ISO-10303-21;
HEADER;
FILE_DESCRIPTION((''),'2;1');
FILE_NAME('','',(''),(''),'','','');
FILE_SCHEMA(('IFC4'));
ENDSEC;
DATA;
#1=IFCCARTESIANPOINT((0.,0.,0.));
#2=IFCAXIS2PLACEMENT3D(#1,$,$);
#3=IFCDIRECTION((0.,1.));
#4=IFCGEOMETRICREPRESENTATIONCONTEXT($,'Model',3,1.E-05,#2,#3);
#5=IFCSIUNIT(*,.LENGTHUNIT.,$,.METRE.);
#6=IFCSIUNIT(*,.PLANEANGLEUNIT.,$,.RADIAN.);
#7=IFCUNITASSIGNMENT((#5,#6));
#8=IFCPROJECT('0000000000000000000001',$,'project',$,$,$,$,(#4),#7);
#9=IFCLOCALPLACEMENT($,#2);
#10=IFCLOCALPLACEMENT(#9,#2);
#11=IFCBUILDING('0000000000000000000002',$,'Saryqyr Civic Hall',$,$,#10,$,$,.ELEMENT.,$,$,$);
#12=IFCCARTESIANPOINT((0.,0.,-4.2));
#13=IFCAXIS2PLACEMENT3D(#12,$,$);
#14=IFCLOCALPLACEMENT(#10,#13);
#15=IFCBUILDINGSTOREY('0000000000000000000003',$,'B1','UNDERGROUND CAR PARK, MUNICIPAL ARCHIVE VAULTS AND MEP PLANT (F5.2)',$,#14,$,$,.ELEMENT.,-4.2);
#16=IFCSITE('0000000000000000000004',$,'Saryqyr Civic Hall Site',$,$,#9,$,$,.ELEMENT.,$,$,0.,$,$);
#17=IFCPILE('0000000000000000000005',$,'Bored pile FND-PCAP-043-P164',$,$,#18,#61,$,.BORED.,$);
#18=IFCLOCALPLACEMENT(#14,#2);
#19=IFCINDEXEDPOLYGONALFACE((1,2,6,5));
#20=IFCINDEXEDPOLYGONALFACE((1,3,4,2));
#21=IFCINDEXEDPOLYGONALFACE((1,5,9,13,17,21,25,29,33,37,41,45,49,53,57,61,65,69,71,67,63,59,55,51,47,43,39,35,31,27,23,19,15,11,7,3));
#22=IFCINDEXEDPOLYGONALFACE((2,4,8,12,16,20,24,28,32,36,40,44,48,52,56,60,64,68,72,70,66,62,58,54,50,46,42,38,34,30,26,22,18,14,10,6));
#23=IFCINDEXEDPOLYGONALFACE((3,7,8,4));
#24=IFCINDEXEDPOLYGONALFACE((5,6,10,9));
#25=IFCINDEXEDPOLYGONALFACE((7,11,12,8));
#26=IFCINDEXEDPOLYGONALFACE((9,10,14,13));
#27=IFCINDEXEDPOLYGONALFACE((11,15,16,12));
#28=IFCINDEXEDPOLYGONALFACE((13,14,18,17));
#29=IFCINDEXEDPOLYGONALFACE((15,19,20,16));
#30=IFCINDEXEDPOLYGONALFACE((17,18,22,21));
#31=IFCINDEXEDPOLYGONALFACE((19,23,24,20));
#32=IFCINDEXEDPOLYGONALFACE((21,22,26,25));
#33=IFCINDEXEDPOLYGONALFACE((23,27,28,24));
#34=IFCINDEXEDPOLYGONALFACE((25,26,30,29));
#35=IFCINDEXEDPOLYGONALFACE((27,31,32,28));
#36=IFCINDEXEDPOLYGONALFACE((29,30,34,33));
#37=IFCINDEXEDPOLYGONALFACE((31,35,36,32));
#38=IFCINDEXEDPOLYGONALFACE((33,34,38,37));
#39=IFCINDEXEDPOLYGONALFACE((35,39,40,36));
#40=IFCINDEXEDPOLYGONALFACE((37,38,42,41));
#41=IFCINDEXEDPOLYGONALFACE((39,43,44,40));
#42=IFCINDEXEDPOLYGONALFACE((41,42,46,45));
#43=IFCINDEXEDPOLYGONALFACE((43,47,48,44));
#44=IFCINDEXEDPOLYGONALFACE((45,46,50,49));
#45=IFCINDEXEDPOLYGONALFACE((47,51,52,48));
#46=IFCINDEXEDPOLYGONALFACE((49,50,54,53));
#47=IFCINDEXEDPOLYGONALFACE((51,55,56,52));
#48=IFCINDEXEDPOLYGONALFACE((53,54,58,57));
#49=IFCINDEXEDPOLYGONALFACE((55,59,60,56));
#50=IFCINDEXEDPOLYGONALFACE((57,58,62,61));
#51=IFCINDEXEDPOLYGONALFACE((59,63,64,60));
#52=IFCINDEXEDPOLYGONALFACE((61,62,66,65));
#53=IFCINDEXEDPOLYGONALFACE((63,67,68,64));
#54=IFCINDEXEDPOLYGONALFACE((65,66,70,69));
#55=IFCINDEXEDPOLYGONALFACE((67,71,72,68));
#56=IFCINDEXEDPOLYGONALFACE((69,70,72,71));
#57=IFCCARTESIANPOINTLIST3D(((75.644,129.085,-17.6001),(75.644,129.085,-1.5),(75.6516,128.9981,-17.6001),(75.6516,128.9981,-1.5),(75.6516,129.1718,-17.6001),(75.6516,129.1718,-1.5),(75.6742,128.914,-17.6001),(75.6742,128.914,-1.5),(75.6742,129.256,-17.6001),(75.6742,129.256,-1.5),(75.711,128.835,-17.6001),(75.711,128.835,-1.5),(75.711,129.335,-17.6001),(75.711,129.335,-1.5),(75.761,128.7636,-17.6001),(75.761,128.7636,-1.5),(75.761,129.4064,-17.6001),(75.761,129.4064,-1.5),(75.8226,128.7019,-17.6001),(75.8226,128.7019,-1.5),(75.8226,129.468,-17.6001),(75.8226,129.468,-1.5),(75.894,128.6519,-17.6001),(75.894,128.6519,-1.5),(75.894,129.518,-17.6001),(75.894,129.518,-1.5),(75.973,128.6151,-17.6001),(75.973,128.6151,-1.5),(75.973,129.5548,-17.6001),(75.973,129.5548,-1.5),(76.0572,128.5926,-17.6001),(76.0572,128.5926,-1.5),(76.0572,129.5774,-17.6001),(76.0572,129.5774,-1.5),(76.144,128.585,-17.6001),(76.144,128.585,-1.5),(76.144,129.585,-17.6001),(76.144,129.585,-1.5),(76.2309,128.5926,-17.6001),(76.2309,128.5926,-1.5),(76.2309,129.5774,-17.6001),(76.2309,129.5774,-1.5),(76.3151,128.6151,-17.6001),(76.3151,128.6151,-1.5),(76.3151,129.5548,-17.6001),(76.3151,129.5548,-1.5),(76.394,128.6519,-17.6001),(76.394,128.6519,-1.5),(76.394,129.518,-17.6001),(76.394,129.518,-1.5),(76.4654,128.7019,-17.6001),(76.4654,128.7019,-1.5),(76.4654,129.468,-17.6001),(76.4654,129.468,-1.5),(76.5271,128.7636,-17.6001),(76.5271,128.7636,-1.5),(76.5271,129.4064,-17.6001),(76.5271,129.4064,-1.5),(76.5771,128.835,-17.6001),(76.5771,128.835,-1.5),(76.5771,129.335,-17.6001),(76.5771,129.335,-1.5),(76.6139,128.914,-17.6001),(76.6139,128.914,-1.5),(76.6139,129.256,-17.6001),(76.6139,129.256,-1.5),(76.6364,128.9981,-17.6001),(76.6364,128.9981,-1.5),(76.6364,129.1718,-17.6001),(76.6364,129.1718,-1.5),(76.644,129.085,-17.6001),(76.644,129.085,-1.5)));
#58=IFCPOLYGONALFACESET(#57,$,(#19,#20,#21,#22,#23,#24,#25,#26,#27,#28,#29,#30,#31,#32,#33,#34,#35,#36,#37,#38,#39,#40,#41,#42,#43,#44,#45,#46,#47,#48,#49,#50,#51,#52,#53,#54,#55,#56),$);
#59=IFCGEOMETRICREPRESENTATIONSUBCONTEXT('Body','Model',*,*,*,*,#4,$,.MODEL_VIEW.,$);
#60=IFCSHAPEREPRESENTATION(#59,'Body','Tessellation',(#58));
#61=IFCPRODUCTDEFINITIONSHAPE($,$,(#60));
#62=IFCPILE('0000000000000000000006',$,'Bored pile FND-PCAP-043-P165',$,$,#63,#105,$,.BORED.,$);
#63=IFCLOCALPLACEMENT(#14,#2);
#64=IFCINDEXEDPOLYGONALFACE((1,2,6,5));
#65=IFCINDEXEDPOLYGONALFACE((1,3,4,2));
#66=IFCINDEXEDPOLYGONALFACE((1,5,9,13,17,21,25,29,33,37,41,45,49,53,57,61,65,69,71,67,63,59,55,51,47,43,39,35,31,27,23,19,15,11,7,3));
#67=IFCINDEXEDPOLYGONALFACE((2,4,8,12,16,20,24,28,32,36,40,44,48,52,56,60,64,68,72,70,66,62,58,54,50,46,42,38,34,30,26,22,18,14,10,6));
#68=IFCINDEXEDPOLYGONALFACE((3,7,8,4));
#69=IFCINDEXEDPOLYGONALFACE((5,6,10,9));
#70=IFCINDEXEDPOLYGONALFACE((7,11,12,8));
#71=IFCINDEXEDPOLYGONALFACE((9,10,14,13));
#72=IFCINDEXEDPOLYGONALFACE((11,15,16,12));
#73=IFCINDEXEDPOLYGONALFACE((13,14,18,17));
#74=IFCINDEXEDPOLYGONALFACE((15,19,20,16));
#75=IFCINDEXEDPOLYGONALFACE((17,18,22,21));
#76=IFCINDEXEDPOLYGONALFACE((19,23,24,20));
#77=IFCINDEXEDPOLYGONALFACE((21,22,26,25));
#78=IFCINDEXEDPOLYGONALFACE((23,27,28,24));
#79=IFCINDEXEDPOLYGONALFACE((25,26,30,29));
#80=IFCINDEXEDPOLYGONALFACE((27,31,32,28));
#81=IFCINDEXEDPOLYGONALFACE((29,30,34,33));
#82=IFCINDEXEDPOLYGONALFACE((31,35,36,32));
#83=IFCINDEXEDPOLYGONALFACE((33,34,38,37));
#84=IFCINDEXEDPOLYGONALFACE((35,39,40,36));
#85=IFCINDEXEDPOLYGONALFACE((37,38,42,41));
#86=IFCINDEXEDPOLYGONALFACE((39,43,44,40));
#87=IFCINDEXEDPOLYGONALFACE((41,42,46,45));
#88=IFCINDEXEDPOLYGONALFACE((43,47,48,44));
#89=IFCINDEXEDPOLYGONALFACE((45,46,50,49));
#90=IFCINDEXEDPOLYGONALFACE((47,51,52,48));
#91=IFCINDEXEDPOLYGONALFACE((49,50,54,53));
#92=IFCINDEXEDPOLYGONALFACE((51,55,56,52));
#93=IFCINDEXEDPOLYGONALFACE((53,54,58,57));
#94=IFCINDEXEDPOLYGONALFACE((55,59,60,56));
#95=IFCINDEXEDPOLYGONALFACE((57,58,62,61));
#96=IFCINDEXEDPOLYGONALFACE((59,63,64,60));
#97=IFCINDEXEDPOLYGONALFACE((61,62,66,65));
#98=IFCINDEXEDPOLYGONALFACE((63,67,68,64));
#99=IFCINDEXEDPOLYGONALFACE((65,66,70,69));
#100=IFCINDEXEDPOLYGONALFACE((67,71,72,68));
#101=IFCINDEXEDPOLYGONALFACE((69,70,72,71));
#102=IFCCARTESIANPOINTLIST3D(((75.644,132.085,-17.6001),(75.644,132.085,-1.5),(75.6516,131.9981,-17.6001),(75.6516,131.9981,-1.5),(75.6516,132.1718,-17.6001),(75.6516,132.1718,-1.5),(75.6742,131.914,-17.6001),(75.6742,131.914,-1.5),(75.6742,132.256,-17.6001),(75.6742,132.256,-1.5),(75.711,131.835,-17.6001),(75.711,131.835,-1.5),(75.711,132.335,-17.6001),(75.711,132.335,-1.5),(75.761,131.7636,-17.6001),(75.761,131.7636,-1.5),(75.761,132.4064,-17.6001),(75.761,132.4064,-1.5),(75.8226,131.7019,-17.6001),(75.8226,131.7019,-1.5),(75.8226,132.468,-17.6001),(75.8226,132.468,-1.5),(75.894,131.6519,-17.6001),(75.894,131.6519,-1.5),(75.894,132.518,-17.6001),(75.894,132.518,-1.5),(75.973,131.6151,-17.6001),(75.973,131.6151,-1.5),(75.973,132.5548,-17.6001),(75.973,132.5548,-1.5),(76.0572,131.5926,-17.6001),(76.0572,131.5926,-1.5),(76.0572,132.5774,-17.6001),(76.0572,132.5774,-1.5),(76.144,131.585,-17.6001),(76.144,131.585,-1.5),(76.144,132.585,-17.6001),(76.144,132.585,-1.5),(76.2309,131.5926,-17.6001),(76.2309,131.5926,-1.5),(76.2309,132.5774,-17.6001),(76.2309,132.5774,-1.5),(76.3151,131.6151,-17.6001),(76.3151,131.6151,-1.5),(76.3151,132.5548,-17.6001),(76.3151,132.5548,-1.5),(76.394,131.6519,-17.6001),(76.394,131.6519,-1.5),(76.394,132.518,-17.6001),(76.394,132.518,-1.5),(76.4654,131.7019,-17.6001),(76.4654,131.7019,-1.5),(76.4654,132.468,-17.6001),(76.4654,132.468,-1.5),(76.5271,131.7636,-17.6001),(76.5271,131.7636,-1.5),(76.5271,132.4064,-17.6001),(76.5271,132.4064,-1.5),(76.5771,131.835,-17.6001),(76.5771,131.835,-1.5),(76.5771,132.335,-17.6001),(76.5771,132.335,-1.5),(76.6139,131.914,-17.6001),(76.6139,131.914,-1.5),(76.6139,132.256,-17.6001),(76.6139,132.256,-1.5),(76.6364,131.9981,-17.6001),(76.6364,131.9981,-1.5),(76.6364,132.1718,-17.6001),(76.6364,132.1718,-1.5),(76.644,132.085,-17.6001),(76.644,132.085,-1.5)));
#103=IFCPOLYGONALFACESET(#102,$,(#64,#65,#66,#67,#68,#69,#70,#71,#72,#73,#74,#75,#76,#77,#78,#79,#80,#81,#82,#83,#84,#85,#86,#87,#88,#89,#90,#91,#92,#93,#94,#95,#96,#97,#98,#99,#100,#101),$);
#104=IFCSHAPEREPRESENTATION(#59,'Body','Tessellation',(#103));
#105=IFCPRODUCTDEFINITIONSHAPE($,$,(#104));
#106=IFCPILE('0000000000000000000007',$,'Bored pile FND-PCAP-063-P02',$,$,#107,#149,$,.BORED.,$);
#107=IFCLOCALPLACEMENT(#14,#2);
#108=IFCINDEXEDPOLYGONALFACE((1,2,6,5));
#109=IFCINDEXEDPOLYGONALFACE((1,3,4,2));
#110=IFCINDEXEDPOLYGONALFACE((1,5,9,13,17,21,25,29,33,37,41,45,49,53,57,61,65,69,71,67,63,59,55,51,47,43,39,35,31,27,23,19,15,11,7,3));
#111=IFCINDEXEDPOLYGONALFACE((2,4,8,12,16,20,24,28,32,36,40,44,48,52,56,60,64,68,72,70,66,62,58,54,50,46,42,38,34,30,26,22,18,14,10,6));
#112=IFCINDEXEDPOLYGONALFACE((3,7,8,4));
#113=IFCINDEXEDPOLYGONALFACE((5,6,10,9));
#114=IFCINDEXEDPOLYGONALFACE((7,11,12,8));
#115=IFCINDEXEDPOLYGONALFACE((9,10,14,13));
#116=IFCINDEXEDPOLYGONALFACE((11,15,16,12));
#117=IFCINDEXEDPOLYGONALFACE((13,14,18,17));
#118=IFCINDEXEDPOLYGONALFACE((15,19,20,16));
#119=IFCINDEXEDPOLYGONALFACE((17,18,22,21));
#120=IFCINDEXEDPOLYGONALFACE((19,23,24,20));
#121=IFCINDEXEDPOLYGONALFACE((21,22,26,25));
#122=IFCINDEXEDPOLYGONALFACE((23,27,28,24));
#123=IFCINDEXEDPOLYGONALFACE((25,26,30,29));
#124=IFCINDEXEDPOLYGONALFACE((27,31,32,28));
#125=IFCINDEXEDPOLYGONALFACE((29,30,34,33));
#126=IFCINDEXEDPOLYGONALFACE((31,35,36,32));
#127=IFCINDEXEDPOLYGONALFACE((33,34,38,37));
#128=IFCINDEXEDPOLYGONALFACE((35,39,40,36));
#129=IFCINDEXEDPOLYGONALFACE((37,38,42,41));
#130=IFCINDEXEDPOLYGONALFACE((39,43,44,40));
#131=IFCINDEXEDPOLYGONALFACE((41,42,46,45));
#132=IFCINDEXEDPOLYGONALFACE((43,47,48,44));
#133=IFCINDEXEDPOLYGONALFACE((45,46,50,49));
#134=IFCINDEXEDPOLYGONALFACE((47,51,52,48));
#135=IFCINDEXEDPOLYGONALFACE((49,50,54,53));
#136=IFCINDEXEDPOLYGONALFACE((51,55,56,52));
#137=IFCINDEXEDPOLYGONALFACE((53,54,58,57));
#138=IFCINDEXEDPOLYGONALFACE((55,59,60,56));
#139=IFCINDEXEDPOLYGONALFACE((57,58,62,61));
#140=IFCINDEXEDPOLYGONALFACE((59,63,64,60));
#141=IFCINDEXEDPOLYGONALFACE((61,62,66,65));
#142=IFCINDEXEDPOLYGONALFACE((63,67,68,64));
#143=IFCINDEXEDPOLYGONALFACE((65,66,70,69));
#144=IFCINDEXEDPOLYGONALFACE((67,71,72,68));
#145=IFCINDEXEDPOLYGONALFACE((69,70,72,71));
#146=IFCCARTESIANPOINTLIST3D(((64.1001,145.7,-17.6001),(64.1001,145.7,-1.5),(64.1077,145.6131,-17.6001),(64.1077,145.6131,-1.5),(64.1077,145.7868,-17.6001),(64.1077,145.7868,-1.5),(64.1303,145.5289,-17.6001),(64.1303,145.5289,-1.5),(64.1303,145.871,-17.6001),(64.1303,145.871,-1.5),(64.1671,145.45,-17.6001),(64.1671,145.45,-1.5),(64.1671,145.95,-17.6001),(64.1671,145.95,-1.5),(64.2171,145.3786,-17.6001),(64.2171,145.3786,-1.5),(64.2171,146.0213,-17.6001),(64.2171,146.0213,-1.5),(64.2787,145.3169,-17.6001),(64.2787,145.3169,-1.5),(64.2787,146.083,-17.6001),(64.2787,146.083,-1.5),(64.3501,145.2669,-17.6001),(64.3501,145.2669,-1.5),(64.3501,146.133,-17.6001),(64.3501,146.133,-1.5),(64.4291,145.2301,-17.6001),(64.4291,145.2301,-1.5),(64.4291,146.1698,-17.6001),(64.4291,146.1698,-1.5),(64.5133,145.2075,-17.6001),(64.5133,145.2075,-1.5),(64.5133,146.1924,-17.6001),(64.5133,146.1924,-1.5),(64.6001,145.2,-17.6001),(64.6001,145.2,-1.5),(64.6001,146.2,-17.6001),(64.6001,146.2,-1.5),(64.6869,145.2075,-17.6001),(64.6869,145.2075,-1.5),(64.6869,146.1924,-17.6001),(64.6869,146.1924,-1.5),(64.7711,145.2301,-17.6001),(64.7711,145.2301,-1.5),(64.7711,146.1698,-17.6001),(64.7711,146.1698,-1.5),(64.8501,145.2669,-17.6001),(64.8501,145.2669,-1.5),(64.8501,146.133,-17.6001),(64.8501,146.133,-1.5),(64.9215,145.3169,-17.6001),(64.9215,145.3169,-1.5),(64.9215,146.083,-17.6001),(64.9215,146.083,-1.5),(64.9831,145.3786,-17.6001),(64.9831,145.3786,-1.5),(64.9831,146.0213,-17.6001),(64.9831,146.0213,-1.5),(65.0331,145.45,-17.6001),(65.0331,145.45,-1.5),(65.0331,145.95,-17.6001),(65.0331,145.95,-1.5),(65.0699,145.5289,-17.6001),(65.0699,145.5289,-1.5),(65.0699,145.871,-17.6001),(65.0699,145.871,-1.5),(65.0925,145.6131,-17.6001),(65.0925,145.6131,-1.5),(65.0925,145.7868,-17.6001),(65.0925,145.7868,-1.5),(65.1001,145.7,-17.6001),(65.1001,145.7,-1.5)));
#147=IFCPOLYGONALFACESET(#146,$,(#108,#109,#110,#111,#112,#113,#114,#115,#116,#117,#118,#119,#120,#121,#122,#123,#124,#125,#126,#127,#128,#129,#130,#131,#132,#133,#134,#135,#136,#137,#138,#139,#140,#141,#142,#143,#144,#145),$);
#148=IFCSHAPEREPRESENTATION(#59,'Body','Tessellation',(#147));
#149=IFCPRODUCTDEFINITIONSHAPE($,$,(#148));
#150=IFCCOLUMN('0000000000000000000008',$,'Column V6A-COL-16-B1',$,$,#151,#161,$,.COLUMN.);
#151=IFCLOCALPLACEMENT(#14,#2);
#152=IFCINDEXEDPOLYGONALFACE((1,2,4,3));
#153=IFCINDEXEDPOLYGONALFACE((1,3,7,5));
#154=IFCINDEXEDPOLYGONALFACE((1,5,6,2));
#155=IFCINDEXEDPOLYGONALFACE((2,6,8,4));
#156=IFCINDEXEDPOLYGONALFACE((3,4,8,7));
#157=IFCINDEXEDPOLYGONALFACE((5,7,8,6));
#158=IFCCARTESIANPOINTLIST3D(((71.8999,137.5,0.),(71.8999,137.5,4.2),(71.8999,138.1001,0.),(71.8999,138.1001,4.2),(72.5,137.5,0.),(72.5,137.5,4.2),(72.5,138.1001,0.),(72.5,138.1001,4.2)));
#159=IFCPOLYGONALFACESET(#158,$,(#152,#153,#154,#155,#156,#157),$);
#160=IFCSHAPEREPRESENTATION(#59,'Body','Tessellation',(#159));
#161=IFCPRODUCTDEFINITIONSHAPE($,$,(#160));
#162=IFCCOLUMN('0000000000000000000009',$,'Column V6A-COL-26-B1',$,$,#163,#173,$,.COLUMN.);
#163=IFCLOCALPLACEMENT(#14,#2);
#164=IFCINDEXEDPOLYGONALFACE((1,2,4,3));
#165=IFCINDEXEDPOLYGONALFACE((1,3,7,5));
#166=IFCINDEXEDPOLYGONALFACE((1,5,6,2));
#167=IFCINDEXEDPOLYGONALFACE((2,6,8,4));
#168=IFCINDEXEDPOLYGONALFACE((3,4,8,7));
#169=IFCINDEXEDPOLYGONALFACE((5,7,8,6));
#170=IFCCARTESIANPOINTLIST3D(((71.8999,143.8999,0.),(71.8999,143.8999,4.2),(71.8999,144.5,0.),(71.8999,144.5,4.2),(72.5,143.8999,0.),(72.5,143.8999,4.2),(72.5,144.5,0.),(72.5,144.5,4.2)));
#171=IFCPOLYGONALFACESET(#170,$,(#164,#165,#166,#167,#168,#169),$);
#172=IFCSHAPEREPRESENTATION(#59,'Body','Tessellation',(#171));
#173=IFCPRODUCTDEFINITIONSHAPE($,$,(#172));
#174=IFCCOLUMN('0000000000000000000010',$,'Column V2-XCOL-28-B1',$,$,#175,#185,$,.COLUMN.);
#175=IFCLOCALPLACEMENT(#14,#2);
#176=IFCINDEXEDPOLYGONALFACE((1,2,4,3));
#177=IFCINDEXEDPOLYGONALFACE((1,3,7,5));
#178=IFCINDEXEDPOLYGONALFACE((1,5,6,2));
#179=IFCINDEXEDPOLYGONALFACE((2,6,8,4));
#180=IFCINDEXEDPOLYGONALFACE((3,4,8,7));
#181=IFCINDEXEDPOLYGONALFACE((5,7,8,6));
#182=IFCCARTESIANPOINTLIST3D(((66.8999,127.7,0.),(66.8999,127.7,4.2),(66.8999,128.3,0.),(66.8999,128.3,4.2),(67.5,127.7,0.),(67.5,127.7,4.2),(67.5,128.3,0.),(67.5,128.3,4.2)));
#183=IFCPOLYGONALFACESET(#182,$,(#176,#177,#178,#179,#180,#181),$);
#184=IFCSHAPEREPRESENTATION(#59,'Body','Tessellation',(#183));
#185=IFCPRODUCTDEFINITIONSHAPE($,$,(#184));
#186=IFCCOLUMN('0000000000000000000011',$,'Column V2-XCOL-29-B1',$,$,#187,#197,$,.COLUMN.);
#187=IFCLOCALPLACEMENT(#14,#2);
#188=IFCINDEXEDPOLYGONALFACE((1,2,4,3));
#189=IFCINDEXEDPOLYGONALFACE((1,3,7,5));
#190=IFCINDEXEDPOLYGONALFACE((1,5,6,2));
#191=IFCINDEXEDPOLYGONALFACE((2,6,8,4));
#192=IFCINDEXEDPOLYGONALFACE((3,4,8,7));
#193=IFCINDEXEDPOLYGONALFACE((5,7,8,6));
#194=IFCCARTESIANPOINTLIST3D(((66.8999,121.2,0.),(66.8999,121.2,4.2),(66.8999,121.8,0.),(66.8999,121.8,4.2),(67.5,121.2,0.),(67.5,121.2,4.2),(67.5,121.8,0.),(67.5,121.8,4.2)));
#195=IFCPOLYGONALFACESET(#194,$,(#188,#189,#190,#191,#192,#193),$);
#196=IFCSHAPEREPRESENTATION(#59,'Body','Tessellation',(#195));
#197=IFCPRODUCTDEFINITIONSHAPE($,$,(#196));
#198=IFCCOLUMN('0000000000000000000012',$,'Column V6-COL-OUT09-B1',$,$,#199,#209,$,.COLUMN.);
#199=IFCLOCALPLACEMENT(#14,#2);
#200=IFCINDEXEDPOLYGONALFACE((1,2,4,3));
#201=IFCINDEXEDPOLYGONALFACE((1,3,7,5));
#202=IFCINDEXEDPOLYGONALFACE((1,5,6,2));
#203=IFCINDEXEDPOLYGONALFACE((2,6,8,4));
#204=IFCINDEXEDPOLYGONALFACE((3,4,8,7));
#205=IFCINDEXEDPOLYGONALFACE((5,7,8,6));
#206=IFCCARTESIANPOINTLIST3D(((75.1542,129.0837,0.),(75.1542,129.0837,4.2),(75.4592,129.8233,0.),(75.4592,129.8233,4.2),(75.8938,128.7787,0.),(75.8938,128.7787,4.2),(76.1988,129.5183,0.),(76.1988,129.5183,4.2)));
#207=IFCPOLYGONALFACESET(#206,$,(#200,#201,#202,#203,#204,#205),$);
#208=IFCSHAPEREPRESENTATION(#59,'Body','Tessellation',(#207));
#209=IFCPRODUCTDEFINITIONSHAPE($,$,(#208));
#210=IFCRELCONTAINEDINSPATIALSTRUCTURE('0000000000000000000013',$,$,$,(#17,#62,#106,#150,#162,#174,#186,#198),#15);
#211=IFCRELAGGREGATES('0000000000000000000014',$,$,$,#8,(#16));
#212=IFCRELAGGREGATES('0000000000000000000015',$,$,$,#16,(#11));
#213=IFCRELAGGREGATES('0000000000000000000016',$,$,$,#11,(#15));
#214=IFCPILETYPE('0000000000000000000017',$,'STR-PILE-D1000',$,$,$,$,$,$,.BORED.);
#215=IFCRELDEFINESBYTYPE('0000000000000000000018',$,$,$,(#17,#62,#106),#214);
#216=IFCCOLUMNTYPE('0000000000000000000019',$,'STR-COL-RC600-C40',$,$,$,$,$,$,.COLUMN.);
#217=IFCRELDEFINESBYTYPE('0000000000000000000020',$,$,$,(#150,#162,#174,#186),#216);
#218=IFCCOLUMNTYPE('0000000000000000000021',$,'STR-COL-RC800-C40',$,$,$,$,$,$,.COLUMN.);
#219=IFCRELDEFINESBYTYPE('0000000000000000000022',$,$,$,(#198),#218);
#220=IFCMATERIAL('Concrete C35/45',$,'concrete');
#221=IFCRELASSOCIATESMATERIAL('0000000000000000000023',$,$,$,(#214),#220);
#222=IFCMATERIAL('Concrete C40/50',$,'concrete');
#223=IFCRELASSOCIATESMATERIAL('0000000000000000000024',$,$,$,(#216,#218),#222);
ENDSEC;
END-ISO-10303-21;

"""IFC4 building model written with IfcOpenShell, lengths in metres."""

from ifc_helpers import new_model, si_unit, direction, frame, origin, origin_2d, place, context, subcontext, project, spatial, rectangle, circle, extrude, material, material_profile, profile_set, type_object, element, save


model = new_model("IFC4")

# Units and contexts
model_context = context("Model", 3, precision=1e-05, world=origin(), true_north=direction((0.0, 1.0)))
body_context = subcontext(model_context, "Body", "Model", "MODEL_VIEW")
ifc_project = project(units=[si_unit("LENGTHUNIT", "METRE"), si_unit("PLANEANGLEUNIT", "RADIAN")], contexts=[model_context])

# Site, building, storey
site_placement = place(None, origin())
site = spatial("IfcSite", under=ifc_project, at=site_placement, Name="Saryqyr Civic Hall Site", CompositionType="ELEMENT", RefElevation=0.0)
building_placement = place(site_placement, origin())
building = spatial("IfcBuilding", under=site, at=building_placement, Name="Saryqyr Civic Hall", CompositionType="ELEMENT")
storey_placement = place(building_placement, frame((0.0, 0.0, -4.2)))
storey = spatial("IfcBuildingStorey", under=building, at=storey_placement, Name="B1", Description="UNDERGROUND CAR PARK, MUNICIPAL ARCHIVE VAULTS AND MEP PLANT (F5.2)", CompositionType="ELEMENT", Elevation=-4.2)

# Shared definitions
ifc_material_1 = material(Name="Concrete C35/45", Category="concrete")

# Piles
ifc_material_profile_1 = material_profile(ifc_material_1, circle(Radius=0.5, at=origin_2d()), Name="BORED PILE D1000")
ifc_profile_set_1 = profile_set([ifc_material_profile_1], Name="Concrete C35/45")
pile_type = type_object("IfcPileType", Name="STR-PILE-D1000", PredefinedType="BORED", material=ifc_profile_set_1)
for number, where, z_axis, x_axis, name in (
    (1, (76.144, 129.085, -1.5), (0.0, 0.0, -1.0), (1.0, 0.0, 0.0), "Bored pile FND-PCAP-043-P164"),
    (2, (76.144, 132.085, -1.5), (0.0, 0.0, -1.0), (1.0, 0.0, 0.0), "Bored pile FND-PCAP-043-P165"),
    (3, (64.6001, 145.7, -1.5), (0.0, 0.0, -1.0), (1.0, 0.0, 0.0), "Bored pile FND-PCAP-063-P02"),
):
    element("IfcPile", number, at=place(storey_placement, frame(where, z_axis=z_axis, x_axis=x_axis)), inside=storey, type_object=pile_type, Name=name, PredefinedType="BORED", context=body_context, shape_type="SweptSolid", body=[
        extrude(circle(Radius=0.5, at=origin_2d()), origin(), (0.0, 0.0, 1.0), 16.1001),
    ])

# Columns
ifc_material_2 = material(Name="Concrete C40/50", Category="concrete")
ifc_material_profile_2 = material_profile(ifc_material_2, rectangle(XDim=0.6001, YDim=0.6001, at=origin_2d()), Name="RC 600x600")
ifc_profile_set_2 = profile_set([ifc_material_profile_2], Name="Concrete C40/50")
column_type_1 = type_object("IfcColumnType", Name="STR-COL-RC600-C40", PredefinedType="COLUMN", material=ifc_profile_set_2)
for number, where, z_axis, x_axis, name in (
    (4, (72.2, 137.8, 0.0), (0.0, 0.0, 1.0), (1.0, 0.0, 0.0), "Column V6A-COL-16-B1"),
    (5, (72.2, 144.2, 0.0), (0.0, 0.0, 1.0), (1.0, 0.0, 0.0), "Column V6A-COL-26-B1"),
    (6, (67.2, 128.0, 0.0), (0.0, 0.0, 1.0), (1.0, 0.0, 0.0), "Column V2-XCOL-28-B1"),
    (7, (67.2, 121.5, 0.0), (0.0, 0.0, 1.0), (1.0, 0.0, 0.0), "Column V2-XCOL-29-B1"),
):
    element("IfcColumn", number, at=place(storey_placement, frame(where, z_axis=z_axis, x_axis=x_axis)), inside=storey, type_object=column_type_1, Name=name, PredefinedType="COLUMN", context=body_context, shape_type="SweptSolid", body=[
        extrude(rectangle(XDim=0.6001, YDim=0.6001, at=origin_2d()), origin(), (0.0, 0.0, 1.0), 4.2),
    ])
ifc_material_profile_3 = material_profile(ifc_material_2, rectangle(XDim=0.8, YDim=0.8, at=origin_2d()), Name="RC 800x800")
ifc_profile_set_3 = profile_set([ifc_material_profile_3], Name="Concrete C40/50")
column_type_2 = type_object("IfcColumnType", Name="STR-COL-RC800-C40", PredefinedType="COLUMN", material=ifc_profile_set_3)
for number, where, z_axis, x_axis, name in (
    (8, (75.6765, 129.301, 0.0), (0.0, 0.0, 1.0), (0.381232, 0.92448, 0.0), "Column V6-COL-OUT09-B1"),
):
    element("IfcColumn", number, at=place(storey_placement, frame(where, z_axis=z_axis, x_axis=x_axis)), inside=storey, type_object=column_type_2, Name=name, PredefinedType="COLUMN", context=body_context, shape_type="SweptSolid", body=[
        extrude(rectangle(XDim=0.8, YDim=0.8, at=origin_2d()), origin(), (0.0, 0.0, 1.0), 4.2),
    ])

save(model, "model.ifc")
